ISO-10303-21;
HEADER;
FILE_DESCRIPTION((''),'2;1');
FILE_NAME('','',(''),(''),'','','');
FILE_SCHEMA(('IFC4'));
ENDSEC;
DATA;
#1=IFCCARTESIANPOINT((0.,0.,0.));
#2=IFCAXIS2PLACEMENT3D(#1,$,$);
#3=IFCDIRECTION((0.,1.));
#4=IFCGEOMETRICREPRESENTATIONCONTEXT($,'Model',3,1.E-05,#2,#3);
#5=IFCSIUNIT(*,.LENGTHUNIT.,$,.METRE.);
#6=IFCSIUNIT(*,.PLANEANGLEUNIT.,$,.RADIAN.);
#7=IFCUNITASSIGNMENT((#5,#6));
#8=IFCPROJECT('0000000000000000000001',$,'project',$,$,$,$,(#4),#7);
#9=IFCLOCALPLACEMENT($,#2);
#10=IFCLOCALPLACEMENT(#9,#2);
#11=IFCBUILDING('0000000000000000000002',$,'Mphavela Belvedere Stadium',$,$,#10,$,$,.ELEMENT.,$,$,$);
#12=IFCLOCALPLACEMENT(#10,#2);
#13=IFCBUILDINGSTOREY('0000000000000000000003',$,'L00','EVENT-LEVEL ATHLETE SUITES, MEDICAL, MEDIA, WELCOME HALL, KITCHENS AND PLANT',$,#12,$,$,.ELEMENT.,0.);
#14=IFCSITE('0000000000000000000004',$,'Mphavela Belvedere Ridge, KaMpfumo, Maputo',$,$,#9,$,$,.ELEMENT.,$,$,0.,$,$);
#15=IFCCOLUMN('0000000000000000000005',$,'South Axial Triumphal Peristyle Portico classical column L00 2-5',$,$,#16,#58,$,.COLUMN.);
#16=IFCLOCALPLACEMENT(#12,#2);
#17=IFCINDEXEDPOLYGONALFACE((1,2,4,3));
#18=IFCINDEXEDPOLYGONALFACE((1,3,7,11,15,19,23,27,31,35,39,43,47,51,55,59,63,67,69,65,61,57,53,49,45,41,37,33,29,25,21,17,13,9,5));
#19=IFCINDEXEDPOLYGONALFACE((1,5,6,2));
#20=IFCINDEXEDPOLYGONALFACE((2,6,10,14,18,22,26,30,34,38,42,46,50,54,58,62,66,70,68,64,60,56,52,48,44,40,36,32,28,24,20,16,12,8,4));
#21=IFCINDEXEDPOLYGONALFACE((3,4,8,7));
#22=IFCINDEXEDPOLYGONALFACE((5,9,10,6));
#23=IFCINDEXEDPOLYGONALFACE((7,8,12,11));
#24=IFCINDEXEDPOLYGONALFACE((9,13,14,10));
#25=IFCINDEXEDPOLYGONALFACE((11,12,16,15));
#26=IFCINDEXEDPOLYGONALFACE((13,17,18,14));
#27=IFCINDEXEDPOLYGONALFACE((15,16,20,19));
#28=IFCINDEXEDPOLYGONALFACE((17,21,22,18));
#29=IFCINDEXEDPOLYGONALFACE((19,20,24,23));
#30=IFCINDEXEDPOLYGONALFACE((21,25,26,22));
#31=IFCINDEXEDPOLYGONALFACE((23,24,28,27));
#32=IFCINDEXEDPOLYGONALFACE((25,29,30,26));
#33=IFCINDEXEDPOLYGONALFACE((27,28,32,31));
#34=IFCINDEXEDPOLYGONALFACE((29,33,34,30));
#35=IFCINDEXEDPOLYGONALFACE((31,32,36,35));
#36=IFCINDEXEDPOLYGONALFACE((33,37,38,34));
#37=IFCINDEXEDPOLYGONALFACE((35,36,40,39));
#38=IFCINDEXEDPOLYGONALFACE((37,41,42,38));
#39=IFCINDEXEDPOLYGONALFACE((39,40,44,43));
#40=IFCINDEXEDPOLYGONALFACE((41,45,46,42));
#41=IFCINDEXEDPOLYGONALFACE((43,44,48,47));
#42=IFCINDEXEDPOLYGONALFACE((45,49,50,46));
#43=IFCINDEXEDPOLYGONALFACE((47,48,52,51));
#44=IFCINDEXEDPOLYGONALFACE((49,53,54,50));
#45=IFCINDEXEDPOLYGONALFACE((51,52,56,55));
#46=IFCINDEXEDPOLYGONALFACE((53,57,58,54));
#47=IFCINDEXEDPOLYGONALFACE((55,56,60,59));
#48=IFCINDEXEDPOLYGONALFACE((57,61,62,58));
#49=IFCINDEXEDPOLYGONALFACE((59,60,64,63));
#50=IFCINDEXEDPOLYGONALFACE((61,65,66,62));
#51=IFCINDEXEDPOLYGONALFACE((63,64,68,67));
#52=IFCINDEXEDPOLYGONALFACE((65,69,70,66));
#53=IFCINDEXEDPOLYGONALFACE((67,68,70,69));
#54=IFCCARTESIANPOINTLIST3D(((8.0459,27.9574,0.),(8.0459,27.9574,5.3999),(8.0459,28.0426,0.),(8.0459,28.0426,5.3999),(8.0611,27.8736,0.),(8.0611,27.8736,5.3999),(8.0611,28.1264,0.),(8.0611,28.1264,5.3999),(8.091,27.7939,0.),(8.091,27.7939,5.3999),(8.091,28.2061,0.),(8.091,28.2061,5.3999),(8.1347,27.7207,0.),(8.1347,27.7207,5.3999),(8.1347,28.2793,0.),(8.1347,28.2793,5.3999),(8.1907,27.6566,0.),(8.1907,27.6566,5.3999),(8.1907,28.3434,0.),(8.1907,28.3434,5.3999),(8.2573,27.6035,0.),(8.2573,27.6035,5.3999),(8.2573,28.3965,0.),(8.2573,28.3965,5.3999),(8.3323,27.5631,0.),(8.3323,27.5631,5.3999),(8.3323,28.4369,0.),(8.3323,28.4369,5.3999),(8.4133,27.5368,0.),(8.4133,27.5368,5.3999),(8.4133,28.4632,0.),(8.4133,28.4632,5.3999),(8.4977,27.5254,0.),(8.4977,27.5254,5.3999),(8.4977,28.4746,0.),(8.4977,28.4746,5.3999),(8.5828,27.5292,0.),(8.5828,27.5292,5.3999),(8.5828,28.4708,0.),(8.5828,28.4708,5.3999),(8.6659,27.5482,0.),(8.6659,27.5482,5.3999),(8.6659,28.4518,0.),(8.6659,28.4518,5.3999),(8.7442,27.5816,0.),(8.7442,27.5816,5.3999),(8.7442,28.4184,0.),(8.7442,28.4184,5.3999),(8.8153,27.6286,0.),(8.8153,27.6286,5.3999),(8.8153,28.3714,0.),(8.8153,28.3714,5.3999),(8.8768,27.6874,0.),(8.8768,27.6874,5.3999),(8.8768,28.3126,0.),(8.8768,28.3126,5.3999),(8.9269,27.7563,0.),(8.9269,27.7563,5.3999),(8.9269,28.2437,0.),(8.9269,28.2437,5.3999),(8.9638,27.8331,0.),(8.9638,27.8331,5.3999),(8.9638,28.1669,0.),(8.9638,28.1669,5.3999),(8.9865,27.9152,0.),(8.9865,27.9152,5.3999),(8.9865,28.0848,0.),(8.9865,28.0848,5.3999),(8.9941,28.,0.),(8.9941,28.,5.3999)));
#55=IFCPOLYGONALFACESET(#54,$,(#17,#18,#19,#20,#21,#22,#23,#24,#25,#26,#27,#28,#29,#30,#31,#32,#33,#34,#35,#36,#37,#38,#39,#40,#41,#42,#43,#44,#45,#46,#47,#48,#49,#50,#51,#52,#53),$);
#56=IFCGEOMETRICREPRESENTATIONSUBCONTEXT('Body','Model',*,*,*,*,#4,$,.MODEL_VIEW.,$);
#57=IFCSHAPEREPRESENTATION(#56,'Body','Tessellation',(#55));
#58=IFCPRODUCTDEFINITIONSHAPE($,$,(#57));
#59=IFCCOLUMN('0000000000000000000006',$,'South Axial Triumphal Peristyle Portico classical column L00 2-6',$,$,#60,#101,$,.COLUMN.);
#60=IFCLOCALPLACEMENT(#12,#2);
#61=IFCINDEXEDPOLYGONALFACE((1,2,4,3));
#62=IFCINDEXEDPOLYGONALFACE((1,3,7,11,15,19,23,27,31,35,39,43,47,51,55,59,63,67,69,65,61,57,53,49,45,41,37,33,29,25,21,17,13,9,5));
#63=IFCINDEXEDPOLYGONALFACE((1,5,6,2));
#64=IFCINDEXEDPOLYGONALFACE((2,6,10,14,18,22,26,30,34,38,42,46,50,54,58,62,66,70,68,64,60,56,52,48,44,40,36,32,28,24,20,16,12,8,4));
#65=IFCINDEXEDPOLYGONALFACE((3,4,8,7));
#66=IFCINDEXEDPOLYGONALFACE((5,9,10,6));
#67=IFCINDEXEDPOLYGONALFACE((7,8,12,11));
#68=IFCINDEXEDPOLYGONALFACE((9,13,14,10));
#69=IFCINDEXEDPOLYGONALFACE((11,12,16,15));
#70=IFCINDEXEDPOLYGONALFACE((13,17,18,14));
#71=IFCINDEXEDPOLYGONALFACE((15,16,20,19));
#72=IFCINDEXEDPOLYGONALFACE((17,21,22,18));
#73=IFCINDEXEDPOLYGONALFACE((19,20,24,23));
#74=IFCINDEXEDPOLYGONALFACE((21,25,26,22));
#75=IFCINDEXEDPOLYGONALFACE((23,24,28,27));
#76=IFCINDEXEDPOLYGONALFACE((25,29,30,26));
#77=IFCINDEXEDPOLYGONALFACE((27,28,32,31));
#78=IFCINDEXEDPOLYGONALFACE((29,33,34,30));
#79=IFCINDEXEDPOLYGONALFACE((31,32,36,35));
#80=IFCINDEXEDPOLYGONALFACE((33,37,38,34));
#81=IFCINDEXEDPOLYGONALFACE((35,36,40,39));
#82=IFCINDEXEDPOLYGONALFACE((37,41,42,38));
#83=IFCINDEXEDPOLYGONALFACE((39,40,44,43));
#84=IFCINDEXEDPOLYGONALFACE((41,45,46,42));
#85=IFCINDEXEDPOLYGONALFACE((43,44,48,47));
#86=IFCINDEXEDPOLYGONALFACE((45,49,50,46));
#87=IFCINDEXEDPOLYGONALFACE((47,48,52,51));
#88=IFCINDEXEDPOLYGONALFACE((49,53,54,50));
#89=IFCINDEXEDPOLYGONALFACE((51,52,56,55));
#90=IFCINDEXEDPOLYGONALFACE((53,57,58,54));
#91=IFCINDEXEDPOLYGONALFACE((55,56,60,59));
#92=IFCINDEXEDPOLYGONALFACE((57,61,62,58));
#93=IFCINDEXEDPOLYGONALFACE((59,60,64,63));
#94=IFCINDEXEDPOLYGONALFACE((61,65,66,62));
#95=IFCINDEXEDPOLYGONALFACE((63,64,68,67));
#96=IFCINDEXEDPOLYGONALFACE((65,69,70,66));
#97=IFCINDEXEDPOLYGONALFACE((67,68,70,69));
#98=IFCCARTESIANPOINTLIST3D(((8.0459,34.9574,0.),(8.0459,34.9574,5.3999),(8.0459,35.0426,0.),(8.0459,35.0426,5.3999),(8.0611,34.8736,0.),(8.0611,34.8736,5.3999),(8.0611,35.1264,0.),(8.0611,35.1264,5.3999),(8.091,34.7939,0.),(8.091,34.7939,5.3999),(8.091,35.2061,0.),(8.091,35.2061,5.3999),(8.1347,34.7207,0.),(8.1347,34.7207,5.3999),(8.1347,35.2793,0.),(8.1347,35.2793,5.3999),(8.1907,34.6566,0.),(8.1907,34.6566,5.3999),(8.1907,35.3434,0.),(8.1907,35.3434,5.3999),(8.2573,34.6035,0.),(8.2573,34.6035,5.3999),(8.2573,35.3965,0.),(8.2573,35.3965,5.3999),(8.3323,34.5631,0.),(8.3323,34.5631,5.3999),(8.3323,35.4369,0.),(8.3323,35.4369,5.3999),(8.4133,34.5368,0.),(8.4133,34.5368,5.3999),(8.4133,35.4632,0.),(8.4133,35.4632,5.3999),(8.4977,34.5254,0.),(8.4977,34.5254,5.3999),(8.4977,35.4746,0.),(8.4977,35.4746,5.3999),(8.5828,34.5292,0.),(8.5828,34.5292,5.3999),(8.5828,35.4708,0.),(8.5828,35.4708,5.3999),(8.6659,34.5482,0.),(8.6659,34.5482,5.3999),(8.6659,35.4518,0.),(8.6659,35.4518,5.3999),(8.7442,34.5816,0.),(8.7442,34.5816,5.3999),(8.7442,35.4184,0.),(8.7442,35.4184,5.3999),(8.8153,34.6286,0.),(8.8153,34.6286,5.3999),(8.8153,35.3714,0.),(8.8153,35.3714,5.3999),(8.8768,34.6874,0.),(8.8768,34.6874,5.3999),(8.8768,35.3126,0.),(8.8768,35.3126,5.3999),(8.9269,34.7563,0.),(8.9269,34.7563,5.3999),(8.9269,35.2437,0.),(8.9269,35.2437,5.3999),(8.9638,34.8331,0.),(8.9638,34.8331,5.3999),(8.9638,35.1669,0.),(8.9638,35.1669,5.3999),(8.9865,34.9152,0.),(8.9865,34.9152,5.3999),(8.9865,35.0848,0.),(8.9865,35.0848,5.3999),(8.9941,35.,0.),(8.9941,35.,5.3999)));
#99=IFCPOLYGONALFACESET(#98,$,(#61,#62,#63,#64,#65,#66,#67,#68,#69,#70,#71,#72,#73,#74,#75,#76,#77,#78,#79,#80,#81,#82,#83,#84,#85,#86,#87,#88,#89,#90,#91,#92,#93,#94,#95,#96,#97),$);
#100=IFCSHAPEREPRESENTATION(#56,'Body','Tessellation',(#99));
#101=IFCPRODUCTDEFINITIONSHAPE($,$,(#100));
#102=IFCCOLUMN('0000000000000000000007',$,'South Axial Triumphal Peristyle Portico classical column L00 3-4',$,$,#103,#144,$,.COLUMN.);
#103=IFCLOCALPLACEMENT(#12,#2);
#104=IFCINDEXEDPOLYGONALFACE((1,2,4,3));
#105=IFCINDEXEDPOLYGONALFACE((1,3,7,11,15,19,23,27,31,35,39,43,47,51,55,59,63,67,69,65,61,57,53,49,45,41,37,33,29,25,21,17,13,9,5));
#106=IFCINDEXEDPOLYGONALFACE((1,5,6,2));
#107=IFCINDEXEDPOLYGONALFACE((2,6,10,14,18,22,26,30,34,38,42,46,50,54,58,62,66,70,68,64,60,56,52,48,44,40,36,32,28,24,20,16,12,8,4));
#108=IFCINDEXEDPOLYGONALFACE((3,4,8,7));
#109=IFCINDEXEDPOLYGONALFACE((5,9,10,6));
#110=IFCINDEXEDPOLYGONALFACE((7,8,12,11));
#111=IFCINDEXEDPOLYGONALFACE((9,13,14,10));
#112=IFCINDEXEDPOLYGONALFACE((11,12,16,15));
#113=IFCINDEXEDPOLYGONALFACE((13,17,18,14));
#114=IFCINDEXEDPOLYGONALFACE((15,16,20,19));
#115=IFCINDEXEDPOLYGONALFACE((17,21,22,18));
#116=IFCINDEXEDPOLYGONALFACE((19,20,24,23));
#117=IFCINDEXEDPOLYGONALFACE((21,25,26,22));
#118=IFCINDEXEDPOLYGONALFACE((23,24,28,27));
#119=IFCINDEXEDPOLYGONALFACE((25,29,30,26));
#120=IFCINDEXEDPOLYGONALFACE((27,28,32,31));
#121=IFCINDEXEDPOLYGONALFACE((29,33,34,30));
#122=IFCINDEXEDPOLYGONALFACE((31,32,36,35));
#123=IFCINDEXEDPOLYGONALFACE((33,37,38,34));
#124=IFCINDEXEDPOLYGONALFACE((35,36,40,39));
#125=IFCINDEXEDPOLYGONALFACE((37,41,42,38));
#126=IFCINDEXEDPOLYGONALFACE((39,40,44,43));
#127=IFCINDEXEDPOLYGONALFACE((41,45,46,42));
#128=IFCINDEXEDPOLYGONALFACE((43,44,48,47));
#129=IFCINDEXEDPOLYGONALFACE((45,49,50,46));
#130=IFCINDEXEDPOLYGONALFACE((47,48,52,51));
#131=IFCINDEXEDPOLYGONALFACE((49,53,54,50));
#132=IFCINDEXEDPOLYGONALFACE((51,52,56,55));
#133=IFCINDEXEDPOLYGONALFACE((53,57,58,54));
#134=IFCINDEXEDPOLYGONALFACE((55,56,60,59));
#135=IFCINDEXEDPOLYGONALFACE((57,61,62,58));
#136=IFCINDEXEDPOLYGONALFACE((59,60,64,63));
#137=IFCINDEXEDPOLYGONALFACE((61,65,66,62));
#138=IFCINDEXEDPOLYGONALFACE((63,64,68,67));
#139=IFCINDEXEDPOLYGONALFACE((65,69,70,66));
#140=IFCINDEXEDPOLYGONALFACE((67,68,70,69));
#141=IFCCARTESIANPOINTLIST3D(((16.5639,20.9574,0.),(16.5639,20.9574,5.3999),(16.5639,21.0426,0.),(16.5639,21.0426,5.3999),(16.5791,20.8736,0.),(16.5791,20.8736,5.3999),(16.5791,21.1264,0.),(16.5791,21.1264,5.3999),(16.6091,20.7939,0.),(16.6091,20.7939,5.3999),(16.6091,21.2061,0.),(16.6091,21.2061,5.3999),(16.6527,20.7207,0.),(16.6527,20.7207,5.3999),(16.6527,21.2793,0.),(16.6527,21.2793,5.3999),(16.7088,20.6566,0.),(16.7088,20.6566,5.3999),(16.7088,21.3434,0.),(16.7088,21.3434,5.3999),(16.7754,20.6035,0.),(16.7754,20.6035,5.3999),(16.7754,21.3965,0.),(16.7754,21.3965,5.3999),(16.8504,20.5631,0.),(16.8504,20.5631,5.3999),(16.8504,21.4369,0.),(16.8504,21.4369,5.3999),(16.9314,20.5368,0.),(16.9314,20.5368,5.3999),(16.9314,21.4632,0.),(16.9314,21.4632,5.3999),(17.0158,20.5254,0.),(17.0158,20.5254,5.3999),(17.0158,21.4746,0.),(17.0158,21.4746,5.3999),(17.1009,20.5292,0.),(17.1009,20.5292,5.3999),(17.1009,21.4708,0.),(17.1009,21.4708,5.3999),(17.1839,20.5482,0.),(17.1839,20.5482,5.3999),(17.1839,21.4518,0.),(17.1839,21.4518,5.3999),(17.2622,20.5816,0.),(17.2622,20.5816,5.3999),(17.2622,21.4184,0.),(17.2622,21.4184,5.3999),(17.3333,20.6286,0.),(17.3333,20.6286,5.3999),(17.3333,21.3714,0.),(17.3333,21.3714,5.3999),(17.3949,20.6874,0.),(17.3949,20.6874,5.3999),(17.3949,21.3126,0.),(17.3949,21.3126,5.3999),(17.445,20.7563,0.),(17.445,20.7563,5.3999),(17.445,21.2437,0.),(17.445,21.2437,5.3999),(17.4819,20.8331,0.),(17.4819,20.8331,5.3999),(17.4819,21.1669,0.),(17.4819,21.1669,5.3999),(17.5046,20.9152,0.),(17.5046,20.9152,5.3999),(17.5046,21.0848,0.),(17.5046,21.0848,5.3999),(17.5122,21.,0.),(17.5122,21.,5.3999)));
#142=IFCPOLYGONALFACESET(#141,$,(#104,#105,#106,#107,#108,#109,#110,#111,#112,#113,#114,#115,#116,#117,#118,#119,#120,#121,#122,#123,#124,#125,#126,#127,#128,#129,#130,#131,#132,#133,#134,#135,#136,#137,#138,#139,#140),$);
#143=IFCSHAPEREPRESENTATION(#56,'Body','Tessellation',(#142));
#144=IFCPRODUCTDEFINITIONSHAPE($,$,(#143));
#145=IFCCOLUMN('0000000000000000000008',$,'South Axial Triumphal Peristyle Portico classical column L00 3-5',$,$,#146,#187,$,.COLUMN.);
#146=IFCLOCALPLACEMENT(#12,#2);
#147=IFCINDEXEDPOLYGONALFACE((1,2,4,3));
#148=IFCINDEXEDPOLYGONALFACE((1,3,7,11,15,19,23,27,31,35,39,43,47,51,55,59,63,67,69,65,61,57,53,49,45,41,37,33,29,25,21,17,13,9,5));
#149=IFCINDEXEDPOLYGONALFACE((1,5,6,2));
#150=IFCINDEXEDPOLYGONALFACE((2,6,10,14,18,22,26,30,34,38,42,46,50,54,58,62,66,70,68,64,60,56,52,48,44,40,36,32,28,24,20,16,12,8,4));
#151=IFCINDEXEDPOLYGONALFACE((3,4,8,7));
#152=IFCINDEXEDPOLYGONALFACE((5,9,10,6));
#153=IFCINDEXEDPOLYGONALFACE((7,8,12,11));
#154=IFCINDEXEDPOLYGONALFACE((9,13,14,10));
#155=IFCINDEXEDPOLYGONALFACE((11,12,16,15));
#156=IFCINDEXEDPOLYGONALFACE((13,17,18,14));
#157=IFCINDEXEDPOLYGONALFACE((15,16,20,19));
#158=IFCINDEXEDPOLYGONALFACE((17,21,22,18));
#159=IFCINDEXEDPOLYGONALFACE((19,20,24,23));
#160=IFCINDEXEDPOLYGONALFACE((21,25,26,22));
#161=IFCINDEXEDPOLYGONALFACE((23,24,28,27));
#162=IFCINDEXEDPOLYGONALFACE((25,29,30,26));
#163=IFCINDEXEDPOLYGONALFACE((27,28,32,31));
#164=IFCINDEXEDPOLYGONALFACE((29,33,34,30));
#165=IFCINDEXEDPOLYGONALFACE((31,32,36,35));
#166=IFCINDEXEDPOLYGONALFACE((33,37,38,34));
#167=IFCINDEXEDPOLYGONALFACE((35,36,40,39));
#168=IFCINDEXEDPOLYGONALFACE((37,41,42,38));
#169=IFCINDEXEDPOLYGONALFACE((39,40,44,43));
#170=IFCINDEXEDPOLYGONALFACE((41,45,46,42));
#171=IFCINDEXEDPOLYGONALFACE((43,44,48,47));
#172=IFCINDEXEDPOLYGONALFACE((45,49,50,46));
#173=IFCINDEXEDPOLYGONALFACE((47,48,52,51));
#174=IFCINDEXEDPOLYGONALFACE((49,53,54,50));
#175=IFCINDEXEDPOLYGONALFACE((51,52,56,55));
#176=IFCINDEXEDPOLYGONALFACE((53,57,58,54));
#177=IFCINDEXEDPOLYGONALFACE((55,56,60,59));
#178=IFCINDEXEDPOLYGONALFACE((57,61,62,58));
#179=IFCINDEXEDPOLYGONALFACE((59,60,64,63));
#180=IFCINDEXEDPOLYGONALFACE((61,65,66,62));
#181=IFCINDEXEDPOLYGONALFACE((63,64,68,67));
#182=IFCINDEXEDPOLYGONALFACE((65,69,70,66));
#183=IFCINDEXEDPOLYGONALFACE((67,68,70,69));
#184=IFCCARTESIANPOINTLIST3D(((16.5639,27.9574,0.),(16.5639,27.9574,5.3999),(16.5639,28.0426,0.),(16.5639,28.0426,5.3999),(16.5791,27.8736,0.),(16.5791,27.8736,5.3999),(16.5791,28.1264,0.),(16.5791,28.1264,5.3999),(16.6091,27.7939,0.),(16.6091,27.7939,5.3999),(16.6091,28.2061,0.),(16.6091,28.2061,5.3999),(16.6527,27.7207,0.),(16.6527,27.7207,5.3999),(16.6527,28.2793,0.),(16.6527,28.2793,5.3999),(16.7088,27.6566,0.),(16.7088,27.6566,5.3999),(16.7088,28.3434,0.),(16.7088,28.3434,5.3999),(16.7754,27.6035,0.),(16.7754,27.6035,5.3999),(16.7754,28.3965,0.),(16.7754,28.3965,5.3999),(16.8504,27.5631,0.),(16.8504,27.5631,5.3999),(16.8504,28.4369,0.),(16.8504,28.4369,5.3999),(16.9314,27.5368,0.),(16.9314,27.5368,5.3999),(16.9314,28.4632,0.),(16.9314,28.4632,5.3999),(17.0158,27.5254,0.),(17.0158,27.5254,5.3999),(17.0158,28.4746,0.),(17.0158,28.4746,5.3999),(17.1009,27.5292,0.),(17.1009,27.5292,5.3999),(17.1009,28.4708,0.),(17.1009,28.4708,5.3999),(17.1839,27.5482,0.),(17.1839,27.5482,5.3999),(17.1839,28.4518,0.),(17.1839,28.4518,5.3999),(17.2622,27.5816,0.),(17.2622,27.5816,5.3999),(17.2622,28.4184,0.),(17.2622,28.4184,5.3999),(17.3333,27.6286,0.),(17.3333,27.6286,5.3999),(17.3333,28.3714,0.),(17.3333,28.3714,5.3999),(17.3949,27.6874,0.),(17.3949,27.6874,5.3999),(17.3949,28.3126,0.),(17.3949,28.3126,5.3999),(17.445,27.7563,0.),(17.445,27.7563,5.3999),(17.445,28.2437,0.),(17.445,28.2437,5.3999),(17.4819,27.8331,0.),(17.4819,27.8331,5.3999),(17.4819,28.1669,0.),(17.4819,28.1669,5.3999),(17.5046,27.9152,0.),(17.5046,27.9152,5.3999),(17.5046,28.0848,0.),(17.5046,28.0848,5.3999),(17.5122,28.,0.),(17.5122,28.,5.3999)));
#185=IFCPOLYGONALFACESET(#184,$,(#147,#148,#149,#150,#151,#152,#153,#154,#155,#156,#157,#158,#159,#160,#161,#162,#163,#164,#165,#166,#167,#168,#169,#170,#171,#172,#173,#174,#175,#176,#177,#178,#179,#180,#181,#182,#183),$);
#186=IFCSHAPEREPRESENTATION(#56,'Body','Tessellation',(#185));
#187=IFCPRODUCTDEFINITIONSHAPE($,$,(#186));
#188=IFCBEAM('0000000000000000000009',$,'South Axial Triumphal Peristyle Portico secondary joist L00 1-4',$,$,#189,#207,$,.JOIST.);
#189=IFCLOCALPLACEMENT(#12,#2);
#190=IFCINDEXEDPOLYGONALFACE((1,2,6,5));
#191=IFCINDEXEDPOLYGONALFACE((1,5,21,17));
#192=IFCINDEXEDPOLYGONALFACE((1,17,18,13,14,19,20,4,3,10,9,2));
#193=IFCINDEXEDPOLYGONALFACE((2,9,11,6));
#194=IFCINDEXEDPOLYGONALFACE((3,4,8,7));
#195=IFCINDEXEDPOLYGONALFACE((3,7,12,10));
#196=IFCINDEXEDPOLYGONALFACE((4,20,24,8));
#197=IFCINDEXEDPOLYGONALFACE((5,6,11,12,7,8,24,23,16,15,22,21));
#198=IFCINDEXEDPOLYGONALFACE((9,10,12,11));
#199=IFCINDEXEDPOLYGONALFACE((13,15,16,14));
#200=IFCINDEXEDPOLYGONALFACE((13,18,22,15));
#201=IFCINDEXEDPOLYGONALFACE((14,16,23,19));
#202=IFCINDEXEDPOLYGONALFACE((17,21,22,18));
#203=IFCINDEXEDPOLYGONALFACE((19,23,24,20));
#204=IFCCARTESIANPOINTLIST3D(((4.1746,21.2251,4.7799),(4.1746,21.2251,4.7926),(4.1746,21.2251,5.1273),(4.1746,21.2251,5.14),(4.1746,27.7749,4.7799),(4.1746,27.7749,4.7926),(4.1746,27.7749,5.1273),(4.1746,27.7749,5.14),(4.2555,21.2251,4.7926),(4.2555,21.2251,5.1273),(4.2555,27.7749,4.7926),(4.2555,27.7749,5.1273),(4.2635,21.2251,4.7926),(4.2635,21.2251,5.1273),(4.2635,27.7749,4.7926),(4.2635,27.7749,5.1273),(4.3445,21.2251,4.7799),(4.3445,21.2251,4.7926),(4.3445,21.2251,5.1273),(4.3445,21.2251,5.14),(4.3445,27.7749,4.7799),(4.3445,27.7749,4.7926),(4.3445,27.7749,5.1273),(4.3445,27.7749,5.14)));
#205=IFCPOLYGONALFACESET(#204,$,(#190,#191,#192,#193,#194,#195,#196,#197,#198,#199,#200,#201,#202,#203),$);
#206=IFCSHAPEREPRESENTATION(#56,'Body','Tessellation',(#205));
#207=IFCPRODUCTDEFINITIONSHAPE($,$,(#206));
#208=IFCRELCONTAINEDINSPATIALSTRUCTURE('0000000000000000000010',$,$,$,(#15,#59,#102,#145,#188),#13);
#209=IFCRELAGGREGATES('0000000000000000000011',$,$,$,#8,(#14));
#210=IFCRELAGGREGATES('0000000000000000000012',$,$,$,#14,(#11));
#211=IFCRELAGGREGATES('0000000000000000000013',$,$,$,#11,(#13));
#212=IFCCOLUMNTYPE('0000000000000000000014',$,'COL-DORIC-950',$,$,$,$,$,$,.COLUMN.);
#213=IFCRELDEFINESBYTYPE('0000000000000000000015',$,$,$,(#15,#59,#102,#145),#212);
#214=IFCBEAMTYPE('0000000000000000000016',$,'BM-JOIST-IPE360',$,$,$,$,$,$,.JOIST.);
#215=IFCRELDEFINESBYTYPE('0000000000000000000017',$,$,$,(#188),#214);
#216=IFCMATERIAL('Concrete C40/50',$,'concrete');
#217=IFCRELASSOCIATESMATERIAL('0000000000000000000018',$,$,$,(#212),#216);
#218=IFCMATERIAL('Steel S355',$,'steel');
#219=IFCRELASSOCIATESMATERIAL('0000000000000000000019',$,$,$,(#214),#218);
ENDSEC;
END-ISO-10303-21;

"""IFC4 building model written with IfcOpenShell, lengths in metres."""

from ifc_helpers import new_model, si_unit, direction, frame, origin, origin_2d, place, context, subcontext, project, spatial, circle, i_section, extrude, material, material_profile, profile_set, type_object, element, save


model = new_model("IFC4")

# Units and contexts
model_context = context("Model", 3, precision=1e-05, world=origin(), true_north=direction((0.0, 1.0)))
body_context = subcontext(model_context, "Body", "Model", "MODEL_VIEW")
ifc_project = project(units=[si_unit("LENGTHUNIT", "METRE"), si_unit("PLANEANGLEUNIT", "RADIAN")], contexts=[model_context])

# Site, building, storey
site_placement = place(None, origin())
site = spatial("IfcSite", under=ifc_project, at=site_placement, Name="Mphavela Belvedere Ridge, KaMpfumo, Maputo", CompositionType="ELEMENT", RefElevation=0.0)
building_placement = place(site_placement, origin())
building = spatial("IfcBuilding", under=site, at=building_placement, Name="Mphavela Belvedere Stadium", CompositionType="ELEMENT")
storey_placement = place(building_placement, origin())
storey = spatial("IfcBuildingStorey", under=building, at=storey_placement, Name="L00", Description="EVENT-LEVEL ATHLETE SUITES, MEDICAL, MEDIA, WELCOME HALL, KITCHENS AND PLANT", CompositionType="ELEMENT", Elevation=0.0)

# Columns
ifc_material_1 = material(Name="Concrete C40/50", Category="concrete")
ifc_material_profile_1 = material_profile(ifc_material_1, circle(Radius=0.4751, at=origin_2d()), Name="COL D950")
ifc_profile_set_1 = profile_set([ifc_material_profile_1], Name="Concrete C40/50")
column_type = type_object("IfcColumnType", Name="COL-DORIC-950", PredefinedType="COLUMN", material=ifc_profile_set_1)
for number, where, z_axis, x_axis, name in (
    (1, (8.519, 28.0, 0.0), (0.0, 0.0, 1.0), (1.0, 0.0, 0.0), "South Axial Triumphal Peristyle Portico classical column L00 2-5"),
    (2, (8.519, 35.0, 0.0), (0.0, 0.0, 1.0), (1.0, 0.0, 0.0), "South Axial Triumphal Peristyle Portico classical column L00 2-6"),
    (3, (17.0371, 21.0, 0.0), (0.0, 0.0, 1.0), (1.0, 0.0, 0.0), "South Axial Triumphal Peristyle Portico classical column L00 3-4"),
    (4, (17.0371, 28.0, 0.0), (0.0, 0.0, 1.0), (1.0, 0.0, 0.0), "South Axial Triumphal Peristyle Portico classical column L00 3-5"),
):
    element("IfcColumn", number, at=place(storey_placement, frame(where, z_axis=z_axis, x_axis=x_axis)), inside=storey, type_object=column_type, Name=name, PredefinedType="COLUMN", context=body_context, shape_type="SweptSolid", body=[
        extrude(circle(Radius=0.4751, at=origin_2d()), origin(), (0.0, 0.0, 1.0), 5.3999),
    ])

# Beam
ifc_material_2 = material(Name="Steel S355", Category="steel")
ifc_material_profile_2 = material_profile(ifc_material_2, i_section(OverallWidth=0.1699, OverallDepth=0.3601, WebThickness=0.0081, FlangeThickness=0.0127, at=origin_2d()), Name="IPE 360")
ifc_profile_set_2 = profile_set([ifc_material_profile_2], Name="Steel S355")
beam_type_1 = type_object("IfcBeamType", Name="BM-JOIST-IPE360", PredefinedType="JOIST", material=ifc_profile_set_2)
for number, where, z_axis, x_axis, name in (
    (5, (4.2595, 21.2251, 4.96), (0.0, 1.0, 0.0), (-1.0, 0.0, 0.0), "South Axial Triumphal Peristyle Portico secondary joist L00 1-4"),
):
    element("IfcBeam", number, at=place(storey_placement, frame(where, z_axis=z_axis, x_axis=x_axis)), inside=storey, type_object=beam_type_1, Name=name, PredefinedType="JOIST", context=body_context, shape_type="SweptSolid", body=[
        extrude(i_section(OverallWidth=0.1699, OverallDepth=0.3601, WebThickness=0.0081, FlangeThickness=0.0127, at=origin_2d()), origin(), (0.0, 0.0, 1.0), 6.5498),
    ])

save(model, "model.ifc")
